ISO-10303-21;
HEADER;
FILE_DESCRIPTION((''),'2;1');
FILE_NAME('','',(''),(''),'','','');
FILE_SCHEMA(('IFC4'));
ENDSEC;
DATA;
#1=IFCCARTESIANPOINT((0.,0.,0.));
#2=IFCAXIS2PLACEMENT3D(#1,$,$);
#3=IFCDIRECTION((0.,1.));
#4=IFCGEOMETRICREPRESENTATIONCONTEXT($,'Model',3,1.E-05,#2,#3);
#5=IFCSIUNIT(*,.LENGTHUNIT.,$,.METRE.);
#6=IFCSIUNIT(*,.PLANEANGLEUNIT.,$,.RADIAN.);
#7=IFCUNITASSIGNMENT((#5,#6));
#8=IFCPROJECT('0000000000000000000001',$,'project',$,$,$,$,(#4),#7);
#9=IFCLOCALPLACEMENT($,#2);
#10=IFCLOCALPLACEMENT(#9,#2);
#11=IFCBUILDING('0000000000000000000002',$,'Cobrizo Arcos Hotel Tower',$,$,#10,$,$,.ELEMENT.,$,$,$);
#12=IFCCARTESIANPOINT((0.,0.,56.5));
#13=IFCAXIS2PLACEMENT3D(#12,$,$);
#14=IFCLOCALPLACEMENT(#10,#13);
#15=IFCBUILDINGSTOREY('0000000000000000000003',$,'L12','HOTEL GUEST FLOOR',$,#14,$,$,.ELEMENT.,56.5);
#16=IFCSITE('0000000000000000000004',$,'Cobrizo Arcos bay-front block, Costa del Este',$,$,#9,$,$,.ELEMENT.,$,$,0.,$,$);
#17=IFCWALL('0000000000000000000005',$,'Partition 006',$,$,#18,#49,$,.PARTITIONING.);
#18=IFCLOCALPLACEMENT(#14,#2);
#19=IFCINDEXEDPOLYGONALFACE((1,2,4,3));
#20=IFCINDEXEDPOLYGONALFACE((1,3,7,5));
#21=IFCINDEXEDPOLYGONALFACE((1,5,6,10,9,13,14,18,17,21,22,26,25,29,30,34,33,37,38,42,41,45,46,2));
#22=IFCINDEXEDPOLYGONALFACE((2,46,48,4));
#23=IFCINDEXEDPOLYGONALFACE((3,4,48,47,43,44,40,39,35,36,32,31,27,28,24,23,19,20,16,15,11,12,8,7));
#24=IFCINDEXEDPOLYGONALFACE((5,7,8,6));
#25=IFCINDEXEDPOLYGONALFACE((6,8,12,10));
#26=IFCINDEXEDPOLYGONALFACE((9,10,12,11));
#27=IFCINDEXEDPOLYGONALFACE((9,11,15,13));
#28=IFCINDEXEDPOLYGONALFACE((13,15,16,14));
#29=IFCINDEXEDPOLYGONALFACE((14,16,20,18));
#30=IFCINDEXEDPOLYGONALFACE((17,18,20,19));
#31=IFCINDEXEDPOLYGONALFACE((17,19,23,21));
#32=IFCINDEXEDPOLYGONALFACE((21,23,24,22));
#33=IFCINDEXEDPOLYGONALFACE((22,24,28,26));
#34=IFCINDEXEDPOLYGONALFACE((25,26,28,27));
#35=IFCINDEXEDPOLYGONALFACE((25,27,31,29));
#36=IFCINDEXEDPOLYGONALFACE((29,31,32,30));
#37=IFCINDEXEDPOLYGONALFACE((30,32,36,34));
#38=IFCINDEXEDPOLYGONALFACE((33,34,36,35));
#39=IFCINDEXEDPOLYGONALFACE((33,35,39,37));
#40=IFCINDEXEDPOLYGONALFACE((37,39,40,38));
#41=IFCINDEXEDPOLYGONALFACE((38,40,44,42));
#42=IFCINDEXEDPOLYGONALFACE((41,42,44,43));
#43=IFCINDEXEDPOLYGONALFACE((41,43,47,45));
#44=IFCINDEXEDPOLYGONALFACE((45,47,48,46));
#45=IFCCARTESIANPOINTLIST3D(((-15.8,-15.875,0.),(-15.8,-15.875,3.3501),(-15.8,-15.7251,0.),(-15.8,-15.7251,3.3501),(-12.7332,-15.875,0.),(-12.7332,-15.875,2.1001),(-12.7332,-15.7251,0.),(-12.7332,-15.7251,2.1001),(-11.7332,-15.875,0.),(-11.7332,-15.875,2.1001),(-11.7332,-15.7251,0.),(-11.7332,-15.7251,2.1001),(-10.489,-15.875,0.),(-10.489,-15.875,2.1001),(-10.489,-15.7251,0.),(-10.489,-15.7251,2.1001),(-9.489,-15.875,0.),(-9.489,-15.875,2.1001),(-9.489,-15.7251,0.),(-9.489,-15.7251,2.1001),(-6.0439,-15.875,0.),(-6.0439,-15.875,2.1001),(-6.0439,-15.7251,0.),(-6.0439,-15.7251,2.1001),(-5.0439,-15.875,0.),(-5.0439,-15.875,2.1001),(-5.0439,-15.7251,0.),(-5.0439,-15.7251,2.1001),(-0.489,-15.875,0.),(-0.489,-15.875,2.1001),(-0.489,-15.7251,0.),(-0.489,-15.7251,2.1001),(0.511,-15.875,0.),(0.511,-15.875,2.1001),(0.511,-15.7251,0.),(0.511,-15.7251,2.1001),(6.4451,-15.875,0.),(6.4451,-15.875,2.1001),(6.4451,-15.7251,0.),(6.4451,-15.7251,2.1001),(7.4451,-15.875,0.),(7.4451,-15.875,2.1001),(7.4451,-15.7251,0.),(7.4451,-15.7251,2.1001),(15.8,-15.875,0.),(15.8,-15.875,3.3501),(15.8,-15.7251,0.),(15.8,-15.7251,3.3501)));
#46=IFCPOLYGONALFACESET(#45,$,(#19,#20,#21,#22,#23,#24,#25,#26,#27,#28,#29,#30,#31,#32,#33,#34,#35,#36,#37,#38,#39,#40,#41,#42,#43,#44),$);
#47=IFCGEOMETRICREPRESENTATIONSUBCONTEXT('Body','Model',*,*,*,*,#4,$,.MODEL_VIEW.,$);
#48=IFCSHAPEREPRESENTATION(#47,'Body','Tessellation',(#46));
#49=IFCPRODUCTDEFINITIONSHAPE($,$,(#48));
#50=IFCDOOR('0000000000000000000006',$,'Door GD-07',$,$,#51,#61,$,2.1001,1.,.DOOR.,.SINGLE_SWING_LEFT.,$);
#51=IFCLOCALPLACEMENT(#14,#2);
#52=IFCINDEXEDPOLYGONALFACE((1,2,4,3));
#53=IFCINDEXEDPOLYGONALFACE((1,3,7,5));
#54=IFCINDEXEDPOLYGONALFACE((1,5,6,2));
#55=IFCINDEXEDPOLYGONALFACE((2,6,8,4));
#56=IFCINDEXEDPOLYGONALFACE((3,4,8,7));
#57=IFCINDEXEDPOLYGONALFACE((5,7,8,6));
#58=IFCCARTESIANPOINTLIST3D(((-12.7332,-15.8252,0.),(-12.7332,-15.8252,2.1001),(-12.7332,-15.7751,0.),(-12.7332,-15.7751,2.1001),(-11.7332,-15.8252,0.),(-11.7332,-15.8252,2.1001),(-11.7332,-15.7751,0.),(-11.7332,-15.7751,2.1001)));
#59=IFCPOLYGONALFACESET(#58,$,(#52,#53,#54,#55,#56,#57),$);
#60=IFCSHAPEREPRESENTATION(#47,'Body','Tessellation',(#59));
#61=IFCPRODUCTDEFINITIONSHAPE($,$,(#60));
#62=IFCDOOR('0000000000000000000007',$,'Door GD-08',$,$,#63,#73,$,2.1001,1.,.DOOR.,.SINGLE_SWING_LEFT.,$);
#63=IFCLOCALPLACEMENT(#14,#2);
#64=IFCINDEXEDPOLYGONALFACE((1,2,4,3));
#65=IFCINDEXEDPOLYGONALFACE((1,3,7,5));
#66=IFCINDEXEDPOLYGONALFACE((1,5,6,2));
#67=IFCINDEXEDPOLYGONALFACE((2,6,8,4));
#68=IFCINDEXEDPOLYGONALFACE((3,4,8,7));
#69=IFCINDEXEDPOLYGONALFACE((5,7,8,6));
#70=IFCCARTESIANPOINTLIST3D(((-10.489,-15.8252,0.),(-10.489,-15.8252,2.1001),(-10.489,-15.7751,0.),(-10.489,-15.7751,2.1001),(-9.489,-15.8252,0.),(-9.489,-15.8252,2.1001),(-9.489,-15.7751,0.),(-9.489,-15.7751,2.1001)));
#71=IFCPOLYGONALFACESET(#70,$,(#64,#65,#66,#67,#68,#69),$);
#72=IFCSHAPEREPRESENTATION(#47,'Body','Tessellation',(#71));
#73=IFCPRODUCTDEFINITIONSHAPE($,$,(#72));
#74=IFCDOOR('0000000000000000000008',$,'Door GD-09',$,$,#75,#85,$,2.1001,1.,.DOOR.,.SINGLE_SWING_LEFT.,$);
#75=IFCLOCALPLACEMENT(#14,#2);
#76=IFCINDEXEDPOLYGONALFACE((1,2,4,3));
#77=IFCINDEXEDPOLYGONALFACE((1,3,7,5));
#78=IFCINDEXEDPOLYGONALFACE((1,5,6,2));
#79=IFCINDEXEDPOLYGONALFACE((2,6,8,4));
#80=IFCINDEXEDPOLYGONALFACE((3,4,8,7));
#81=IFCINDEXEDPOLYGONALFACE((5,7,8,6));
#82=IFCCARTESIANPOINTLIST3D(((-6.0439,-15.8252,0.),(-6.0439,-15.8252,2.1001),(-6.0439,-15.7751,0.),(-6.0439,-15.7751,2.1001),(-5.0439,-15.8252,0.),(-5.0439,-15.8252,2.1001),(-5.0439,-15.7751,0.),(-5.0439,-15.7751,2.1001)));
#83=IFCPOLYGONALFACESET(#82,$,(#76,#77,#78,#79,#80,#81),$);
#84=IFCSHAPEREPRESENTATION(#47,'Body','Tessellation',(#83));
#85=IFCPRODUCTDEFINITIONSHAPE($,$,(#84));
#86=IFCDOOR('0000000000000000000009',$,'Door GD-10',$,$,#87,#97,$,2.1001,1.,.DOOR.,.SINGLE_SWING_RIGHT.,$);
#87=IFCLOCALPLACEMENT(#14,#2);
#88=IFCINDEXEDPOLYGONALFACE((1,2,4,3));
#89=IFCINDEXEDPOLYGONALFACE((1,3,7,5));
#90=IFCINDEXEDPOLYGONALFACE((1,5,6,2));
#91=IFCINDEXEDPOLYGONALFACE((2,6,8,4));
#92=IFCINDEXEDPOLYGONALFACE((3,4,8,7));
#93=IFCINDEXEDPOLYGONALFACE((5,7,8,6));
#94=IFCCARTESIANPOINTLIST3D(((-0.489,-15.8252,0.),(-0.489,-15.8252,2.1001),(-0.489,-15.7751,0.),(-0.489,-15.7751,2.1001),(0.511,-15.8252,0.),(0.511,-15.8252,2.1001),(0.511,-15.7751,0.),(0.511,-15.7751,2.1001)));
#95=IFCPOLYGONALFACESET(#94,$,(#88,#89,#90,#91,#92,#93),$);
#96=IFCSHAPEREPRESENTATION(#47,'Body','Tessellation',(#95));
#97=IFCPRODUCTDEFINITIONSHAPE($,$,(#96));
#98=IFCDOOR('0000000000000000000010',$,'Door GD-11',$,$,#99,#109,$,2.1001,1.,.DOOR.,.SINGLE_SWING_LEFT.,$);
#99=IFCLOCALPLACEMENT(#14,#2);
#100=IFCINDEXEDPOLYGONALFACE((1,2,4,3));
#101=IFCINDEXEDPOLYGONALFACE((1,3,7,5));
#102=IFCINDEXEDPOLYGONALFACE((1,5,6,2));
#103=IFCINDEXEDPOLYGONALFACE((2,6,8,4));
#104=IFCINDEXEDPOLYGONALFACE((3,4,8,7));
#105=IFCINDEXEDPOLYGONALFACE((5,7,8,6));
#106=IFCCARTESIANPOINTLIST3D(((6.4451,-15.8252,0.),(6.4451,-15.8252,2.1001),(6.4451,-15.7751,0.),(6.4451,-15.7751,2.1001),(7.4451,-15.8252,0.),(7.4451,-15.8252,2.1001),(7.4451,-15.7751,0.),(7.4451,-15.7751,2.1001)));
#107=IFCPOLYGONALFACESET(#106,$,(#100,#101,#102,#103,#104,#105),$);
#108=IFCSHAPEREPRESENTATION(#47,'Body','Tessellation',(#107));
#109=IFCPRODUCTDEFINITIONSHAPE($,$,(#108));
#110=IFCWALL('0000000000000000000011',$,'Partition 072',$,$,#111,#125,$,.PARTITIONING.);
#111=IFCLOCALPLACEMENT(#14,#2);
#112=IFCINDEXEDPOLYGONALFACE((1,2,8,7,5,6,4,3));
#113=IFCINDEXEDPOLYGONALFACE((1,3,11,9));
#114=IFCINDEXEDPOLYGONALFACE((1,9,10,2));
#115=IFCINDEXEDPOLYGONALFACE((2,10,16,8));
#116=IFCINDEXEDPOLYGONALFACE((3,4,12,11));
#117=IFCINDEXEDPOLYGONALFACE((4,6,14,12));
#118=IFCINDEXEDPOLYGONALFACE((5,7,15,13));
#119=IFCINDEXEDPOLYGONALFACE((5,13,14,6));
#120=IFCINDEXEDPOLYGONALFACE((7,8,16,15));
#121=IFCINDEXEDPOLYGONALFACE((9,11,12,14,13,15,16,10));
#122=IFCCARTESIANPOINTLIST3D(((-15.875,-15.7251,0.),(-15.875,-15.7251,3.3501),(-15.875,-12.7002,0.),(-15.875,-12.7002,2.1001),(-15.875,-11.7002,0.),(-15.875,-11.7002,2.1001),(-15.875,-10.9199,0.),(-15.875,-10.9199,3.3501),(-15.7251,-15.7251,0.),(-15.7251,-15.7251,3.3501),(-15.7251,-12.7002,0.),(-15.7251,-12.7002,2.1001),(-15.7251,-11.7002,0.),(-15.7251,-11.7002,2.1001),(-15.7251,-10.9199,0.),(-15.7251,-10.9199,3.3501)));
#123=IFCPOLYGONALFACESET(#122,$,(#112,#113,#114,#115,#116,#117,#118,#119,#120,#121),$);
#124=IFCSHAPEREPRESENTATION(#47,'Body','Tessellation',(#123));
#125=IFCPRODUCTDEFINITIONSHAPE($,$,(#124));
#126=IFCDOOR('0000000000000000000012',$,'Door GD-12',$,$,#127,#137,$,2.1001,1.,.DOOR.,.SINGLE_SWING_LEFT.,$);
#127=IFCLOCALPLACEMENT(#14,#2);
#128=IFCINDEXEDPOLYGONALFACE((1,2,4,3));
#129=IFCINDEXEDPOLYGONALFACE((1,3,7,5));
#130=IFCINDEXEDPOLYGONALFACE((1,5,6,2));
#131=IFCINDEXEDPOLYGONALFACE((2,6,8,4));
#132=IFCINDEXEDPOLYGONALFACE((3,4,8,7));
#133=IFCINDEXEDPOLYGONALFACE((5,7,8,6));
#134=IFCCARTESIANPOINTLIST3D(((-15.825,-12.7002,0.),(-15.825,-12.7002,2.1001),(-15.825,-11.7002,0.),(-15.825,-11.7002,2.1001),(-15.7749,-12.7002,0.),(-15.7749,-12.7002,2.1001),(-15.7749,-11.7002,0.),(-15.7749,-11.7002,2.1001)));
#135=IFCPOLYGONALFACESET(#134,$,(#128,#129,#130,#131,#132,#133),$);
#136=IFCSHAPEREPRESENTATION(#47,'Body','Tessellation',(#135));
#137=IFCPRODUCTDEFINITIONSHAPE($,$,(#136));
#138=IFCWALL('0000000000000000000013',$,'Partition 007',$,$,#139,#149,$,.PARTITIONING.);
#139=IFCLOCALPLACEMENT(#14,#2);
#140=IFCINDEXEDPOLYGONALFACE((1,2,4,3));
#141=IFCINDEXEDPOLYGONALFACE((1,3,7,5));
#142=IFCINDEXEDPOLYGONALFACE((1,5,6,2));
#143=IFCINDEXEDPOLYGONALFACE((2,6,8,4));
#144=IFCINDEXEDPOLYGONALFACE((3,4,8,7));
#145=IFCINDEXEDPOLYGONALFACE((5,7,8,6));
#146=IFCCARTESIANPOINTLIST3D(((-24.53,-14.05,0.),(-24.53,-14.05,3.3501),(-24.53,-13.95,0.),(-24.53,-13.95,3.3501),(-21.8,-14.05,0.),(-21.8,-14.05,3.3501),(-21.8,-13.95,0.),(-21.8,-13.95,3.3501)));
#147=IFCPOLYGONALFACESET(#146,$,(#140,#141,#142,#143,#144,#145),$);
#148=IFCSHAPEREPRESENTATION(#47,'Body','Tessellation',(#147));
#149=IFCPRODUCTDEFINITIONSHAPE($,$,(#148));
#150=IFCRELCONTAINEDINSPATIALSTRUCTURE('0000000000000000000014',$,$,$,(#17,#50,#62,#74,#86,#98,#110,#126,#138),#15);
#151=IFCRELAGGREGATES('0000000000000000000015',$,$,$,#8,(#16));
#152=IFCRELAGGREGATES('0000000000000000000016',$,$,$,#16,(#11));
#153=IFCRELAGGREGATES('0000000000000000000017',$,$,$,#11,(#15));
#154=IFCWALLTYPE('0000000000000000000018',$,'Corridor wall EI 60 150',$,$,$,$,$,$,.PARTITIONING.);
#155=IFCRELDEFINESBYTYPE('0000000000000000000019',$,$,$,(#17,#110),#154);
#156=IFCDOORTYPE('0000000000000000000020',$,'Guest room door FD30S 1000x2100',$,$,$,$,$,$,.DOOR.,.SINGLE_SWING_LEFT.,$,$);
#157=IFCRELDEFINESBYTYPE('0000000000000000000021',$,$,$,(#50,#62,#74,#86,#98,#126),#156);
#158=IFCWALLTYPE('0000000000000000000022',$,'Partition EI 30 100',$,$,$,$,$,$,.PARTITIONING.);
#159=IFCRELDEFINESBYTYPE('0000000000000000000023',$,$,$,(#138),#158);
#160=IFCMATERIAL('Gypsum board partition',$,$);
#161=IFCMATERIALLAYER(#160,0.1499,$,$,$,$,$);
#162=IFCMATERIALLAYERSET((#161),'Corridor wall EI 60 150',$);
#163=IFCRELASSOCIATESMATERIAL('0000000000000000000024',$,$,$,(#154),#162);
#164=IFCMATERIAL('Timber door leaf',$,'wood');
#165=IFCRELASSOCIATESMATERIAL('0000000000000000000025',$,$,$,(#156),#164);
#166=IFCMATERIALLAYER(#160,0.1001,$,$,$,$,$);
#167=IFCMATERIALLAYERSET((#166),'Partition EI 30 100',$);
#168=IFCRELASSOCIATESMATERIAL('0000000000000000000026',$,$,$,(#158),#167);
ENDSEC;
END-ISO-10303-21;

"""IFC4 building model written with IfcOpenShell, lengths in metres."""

from ifc_helpers import new_model, si_unit, direction, frame, frame_2d, origin, place, context, subcontext, project, spatial, rectangle, extrude, material, layer, layer_set, type_object, element, fill, save


model = new_model("IFC4")

# Units and contexts
model_context = context("Model", 3, precision=1e-05, world=origin(), true_north=direction((0.0, 1.0)))
body_context = subcontext(model_context, "Body", "Model", "MODEL_VIEW")
ifc_project = project(units=[si_unit("LENGTHUNIT", "METRE"), si_unit("PLANEANGLEUNIT", "RADIAN")], contexts=[model_context])

# Site, building, storey
site_placement = place(None, origin())
site = spatial("IfcSite", under=ifc_project, at=site_placement, Name="Cobrizo Arcos bay-front block, Costa del Este", CompositionType="ELEMENT", RefElevation=0.0)
building_placement = place(site_placement, origin())
building = spatial("IfcBuilding", under=site, at=building_placement, Name="Cobrizo Arcos Hotel Tower", CompositionType="ELEMENT")
storey_placement = place(building_placement, frame((0.0, 0.0, 56.5)))
storey = spatial("IfcBuildingStorey", under=building, at=storey_placement, Name="L12", Description="HOTEL GUEST FLOOR", CompositionType="ELEMENT", Elevation=56.5)

# Wall, openings, doors
ifc_material_1 = material(Name="Gypsum board partition")
ifc_layer_1 = layer(ifc_material_1, 0.1499)
ifc_layer_set_1 = layer_set([ifc_layer_1], Name="Corridor wall EI 60 150")
wall_type_1 = type_object("IfcWallType", Name="Corridor wall EI 60 150", PredefinedType="PARTITIONING", material=ifc_layer_set_1)
wall_1_placement = place(storey_placement, frame((-15.8, -15.8, 0.0), z_axis=(0.0, 0.0, 1.0), x_axis=(1.0, 0.0, 0.0)))
wall_1 = element("IfcWall", 1, at=wall_1_placement, inside=storey, type_object=wall_type_1, Name="Partition 006", PredefinedType="PARTITIONING", context=body_context, shape_type="SweptSolid", body=[
    extrude(rectangle(XDim=31.6001, YDim=0.1499, at=frame_2d((15.8, 0.0))), origin(), (0.0, 0.0, 1.0), 3.3501),
])
opening_1_placement = place(wall_1_placement, frame((3.0669, 0.0, 0.0)))
opening_1 = element("IfcOpeningElement", 2, at=opening_1_placement, cuts=wall_1, PredefinedType="OPENING", context=body_context, shape_type="SweptSolid", body=[
    extrude(rectangle(XDim=1.0, YDim=2.1001, at=frame_2d((0.5, 1.05))), frame((0.0, 0.0869, 0.0), z_axis=(0.0, -1.0, 0.0), x_axis=(1.0, 0.0, 0.0)), (0.0, 0.0, 1.0), 0.1738),
])
opening_2_placement = place(wall_1_placement, frame((5.311, 0.0, 0.0)))
opening_2 = element("IfcOpeningElement", 3, at=opening_2_placement, cuts=wall_1, PredefinedType="OPENING", context=body_context, shape_type="SweptSolid", body=[
    extrude(rectangle(XDim=1.0, YDim=2.1001, at=frame_2d((0.5, 1.05))), frame((0.0, 0.0869, 0.0), z_axis=(0.0, -1.0, 0.0), x_axis=(1.0, 0.0, 0.0)), (0.0, 0.0, 1.0), 0.1738),
])
opening_3_placement = place(wall_1_placement, frame((9.7561, 0.0, 0.0)))
opening_3 = element("IfcOpeningElement", 4, at=opening_3_placement, cuts=wall_1, PredefinedType="OPENING", context=body_context, shape_type="SweptSolid", body=[
    extrude(rectangle(XDim=1.0, YDim=2.1001, at=frame_2d((0.5, 1.05))), frame((0.0, 0.0869, 0.0), z_axis=(0.0, -1.0, 0.0), x_axis=(1.0, 0.0, 0.0)), (0.0, 0.0, 1.0), 0.1738),
])
opening_4_placement = place(wall_1_placement, frame((15.311, 0.0, 0.0)))
opening_4 = element("IfcOpeningElement", 5, at=opening_4_placement, cuts=wall_1, PredefinedType="OPENING", context=body_context, shape_type="SweptSolid", body=[
    extrude(rectangle(XDim=1.0, YDim=2.1001, at=frame_2d((0.5, 1.05))), frame((0.0, 0.0869, 0.0), z_axis=(0.0, -1.0, 0.0), x_axis=(1.0, 0.0, 0.0)), (0.0, 0.0, 1.0), 0.1738),
])
opening_5_placement = place(wall_1_placement, frame((22.2451, 0.0, 0.0)))
opening_5 = element("IfcOpeningElement", 6, at=opening_5_placement, cuts=wall_1, PredefinedType="OPENING", context=body_context, shape_type="SweptSolid", body=[
    extrude(rectangle(XDim=1.0, YDim=2.1001, at=frame_2d((0.5, 1.05))), frame((0.0, 0.0869, 0.0), z_axis=(0.0, -1.0, 0.0), x_axis=(1.0, 0.0, 0.0)), (0.0, 0.0, 1.0), 0.1738),
])
ifc_material_2 = material(Name="Timber door leaf", Category="wood")
door_type_1 = type_object("IfcDoorType", Name="Guest room door FD30S 1000x2100", OperationType="SINGLE_SWING_LEFT", PredefinedType="DOOR", material=ifc_material_2)
door_1_placement = place(opening_1_placement, origin())
door_1 = element("IfcDoor", 7, at=door_1_placement, inside=storey, type_object=door_type_1, Name="Door GD-07", OperationType="SINGLE_SWING_LEFT", OverallHeight=2.1001, OverallWidth=1.0, PredefinedType="DOOR", context=body_context, shape_type="SweptSolid", body=[
    extrude(rectangle(XDim=1.0, YDim=2.1001, at=frame_2d((0.5, 1.05))), frame((0.0, 0.0249, 0.0), z_axis=(0.0, -1.0, 0.0), x_axis=(1.0, 0.0, 0.0)), (0.0, 0.0, 1.0), 0.05),
])
fill(opening_1, door_1)
door_2_placement = place(opening_2_placement, origin())
door_2 = element("IfcDoor", 8, at=door_2_placement, inside=storey, type_object=door_type_1, Name="Door GD-08", OperationType="SINGLE_SWING_LEFT", OverallHeight=2.1001, OverallWidth=1.0, PredefinedType="DOOR", context=body_context, shape_type="SweptSolid", body=[
    extrude(rectangle(XDim=1.0, YDim=2.1001, at=frame_2d((0.5, 1.05))), frame((0.0, 0.0249, 0.0), z_axis=(0.0, -1.0, 0.0), x_axis=(1.0, 0.0, 0.0)), (0.0, 0.0, 1.0), 0.05),
])
fill(opening_2, door_2)
door_3_placement = place(opening_3_placement, origin())
door_3 = element("IfcDoor", 9, at=door_3_placement, inside=storey, type_object=door_type_1, Name="Door GD-09", OperationType="SINGLE_SWING_LEFT", OverallHeight=2.1001, OverallWidth=1.0, PredefinedType="DOOR", context=body_context, shape_type="SweptSolid", body=[
    extrude(rectangle(XDim=1.0, YDim=2.1001, at=frame_2d((0.5, 1.05))), frame((0.0, 0.0249, 0.0), z_axis=(0.0, -1.0, 0.0), x_axis=(1.0, 0.0, 0.0)), (0.0, 0.0, 1.0), 0.05),
])
fill(opening_3, door_3)
door_4_placement = place(opening_4_placement, origin())
door_4 = element("IfcDoor", 10, at=door_4_placement, inside=storey, type_object=door_type_1, Name="Door GD-10", OperationType="SINGLE_SWING_RIGHT", OverallHeight=2.1001, OverallWidth=1.0, PredefinedType="DOOR", context=body_context, shape_type="SweptSolid", body=[
    extrude(rectangle(XDim=1.0, YDim=2.1001, at=frame_2d((0.5, 1.05))), frame((0.0, 0.0249, 0.0), z_axis=(0.0, -1.0, 0.0), x_axis=(1.0, 0.0, 0.0)), (0.0, 0.0, 1.0), 0.05),
])
fill(opening_4, door_4)
door_5_placement = place(opening_5_placement, origin())
door_5 = element("IfcDoor", 11, at=door_5_placement, inside=storey, type_object=door_type_1, Name="Door GD-11", OperationType="SINGLE_SWING_LEFT", OverallHeight=2.1001, OverallWidth=1.0, PredefinedType="DOOR", context=body_context, shape_type="SweptSolid", body=[
    extrude(rectangle(XDim=1.0, YDim=2.1001, at=frame_2d((0.5, 1.05))), frame((0.0, 0.0249, 0.0), z_axis=(0.0, -1.0, 0.0), x_axis=(1.0, 0.0, 0.0)), (0.0, 0.0, 1.0), 0.05),
])
fill(opening_5, door_5)

# Wall, opening, door
wall_2_placement = place(storey_placement, frame((-15.8, -15.7251, 0.0), z_axis=(0.0, 0.0, 1.0), x_axis=(0.0, 1.0, 0.0)))
wall_2 = element("IfcWall", 12, at=wall_2_placement, inside=storey, type_object=wall_type_1, Name="Partition 072", PredefinedType="PARTITIONING", context=body_context, shape_type="SweptSolid", body=[
    extrude(rectangle(XDim=4.8052, YDim=0.1499, at=frame_2d((2.4026, 0.0))), origin(), (0.0, 0.0, 1.0), 3.3501),
])
opening_6_placement = place(wall_2_placement, frame((3.0249, 0.0, 0.0)))
opening_6 = element("IfcOpeningElement", 13, at=opening_6_placement, cuts=wall_2, PredefinedType="OPENING", context=body_context, shape_type="SweptSolid", body=[
    extrude(rectangle(XDim=1.0, YDim=2.1001, at=frame_2d((0.5, 1.05))), frame((0.0, 0.0869, 0.0), z_axis=(0.0, -1.0, 0.0), x_axis=(1.0, 0.0, 0.0)), (0.0, 0.0, 1.0), 0.1738),
])
door_6_placement = place(opening_6_placement, origin())
door_6 = element("IfcDoor", 14, at=door_6_placement, inside=storey, type_object=door_type_1, Name="Door GD-12", OperationType="SINGLE_SWING_LEFT", OverallHeight=2.1001, OverallWidth=1.0, PredefinedType="DOOR", context=body_context, shape_type="SweptSolid", body=[
    extrude(rectangle(XDim=1.0, YDim=2.1001, at=frame_2d((0.5, 1.05))), frame((0.0, 0.0249, 0.0), z_axis=(0.0, -1.0, 0.0), x_axis=(1.0, 0.0, 0.0)), (0.0, 0.0, 1.0), 0.05),
])
fill(opening_6, door_6)

# Wall
ifc_layer_2 = layer(ifc_material_1, 0.1001)
ifc_layer_set_2 = layer_set([ifc_layer_2], Name="Partition EI 30 100")
wall_type_2 = type_object("IfcWallType", Name="Partition EI 30 100", PredefinedType="PARTITIONING", material=ifc_layer_set_2)
wall_3_placement = place(storey_placement, frame((-24.53, -14.0, 0.0), z_axis=(0.0, 0.0, 1.0), x_axis=(1.0, 0.0, 0.0)))
element("IfcWall", 15, at=wall_3_placement, inside=storey, type_object=wall_type_2, Name="Partition 007", PredefinedType="PARTITIONING", context=body_context, shape_type="SweptSolid", body=[
    extrude(rectangle(XDim=2.73, YDim=0.1001, at=frame_2d((1.365, 0.0))), origin(), (0.0, 0.0, 1.0), 3.3501),
])

save(model, "model.ifc")
